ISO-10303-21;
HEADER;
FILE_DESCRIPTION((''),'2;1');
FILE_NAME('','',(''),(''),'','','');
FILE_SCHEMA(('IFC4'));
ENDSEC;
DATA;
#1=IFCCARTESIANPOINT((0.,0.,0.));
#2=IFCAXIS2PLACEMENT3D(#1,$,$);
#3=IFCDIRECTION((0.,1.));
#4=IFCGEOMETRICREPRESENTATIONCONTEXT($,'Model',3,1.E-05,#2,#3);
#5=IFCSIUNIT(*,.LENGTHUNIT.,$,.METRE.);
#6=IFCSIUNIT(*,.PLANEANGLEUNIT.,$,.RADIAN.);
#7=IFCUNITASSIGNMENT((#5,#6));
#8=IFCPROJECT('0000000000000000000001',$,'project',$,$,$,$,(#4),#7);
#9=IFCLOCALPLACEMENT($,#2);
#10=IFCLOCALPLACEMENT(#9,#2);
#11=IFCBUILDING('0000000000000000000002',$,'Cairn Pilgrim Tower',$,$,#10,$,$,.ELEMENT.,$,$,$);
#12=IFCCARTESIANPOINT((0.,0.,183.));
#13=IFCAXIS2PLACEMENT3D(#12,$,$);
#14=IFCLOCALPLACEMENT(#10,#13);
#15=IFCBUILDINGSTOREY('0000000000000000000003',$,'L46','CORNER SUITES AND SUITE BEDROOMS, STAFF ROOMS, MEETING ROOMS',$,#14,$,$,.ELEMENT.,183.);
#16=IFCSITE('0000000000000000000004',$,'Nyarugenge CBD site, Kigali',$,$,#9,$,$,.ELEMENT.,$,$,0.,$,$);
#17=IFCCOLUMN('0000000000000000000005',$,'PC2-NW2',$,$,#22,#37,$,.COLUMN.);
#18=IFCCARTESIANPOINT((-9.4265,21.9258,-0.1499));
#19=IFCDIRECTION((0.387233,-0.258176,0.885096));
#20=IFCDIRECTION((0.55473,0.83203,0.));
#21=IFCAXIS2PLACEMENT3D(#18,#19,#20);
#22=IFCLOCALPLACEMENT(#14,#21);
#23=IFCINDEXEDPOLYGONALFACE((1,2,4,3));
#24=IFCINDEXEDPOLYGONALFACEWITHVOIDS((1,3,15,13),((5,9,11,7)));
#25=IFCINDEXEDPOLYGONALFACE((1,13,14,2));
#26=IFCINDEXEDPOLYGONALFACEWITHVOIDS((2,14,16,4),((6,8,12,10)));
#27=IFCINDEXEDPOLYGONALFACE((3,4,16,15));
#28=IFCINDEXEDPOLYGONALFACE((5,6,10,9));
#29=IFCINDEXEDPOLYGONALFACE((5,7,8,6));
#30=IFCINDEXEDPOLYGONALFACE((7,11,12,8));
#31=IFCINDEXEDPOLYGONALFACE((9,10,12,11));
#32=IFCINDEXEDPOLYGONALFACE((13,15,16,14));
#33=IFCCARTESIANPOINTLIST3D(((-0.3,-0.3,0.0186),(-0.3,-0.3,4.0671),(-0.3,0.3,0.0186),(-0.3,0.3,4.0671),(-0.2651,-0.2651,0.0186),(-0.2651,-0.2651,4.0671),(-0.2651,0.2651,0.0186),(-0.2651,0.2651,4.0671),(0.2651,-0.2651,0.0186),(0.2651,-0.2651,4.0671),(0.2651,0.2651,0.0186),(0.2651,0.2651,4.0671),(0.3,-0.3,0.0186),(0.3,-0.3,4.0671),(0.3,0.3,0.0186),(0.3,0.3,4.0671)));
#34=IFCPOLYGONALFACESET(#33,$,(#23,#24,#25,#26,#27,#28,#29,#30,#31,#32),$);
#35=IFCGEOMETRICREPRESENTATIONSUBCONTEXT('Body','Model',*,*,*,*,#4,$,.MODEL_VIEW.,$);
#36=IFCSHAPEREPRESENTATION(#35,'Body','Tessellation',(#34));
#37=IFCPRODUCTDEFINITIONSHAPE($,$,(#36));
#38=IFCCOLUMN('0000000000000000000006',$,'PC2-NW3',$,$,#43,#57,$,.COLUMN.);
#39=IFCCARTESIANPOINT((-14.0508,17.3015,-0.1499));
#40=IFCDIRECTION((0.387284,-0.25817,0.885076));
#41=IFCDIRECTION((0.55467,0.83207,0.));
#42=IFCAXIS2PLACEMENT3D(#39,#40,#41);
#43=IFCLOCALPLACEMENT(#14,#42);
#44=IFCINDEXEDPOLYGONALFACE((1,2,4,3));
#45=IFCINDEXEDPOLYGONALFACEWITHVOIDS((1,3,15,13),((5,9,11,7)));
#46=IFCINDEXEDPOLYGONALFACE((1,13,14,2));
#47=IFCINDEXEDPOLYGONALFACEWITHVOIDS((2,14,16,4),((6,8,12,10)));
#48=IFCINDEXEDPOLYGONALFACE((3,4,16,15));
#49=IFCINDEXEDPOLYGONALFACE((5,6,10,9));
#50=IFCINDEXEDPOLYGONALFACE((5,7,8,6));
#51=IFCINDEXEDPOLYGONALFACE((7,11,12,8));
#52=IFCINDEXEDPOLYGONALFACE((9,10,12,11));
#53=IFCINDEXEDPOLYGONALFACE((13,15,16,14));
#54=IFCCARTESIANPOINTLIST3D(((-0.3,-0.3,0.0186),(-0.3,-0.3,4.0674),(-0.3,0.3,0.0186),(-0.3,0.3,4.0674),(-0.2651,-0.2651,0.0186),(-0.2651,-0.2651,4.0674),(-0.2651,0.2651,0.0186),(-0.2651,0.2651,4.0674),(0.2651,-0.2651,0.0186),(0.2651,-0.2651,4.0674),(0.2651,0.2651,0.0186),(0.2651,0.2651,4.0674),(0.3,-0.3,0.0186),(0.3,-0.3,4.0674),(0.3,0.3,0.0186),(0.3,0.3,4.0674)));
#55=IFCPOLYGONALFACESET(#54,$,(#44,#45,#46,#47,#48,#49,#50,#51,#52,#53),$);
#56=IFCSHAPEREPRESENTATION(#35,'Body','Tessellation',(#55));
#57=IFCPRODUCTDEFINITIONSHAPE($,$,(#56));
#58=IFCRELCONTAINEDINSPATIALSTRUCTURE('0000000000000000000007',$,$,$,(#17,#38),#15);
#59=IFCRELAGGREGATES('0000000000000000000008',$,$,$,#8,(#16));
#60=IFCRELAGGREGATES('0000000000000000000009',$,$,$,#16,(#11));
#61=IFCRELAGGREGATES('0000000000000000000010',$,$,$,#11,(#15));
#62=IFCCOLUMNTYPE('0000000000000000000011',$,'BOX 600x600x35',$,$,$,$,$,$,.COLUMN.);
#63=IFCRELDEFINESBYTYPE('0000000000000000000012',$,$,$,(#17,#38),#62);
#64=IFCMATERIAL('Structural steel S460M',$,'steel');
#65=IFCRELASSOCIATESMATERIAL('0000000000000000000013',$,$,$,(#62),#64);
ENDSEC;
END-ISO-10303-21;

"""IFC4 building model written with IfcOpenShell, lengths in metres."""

from ifc_helpers import new_model, si_unit, direction, frame, origin, origin_2d, place, context, subcontext, project, spatial, hollow_rectangle, extrude, clip, halfspace, material, material_profile, profile_set, type_object, element, save


model = new_model("IFC4")

# Units and contexts
model_context = context("Model", 3, precision=1e-05, world=origin(), true_north=direction((0.0, 1.0)))
body_context = subcontext(model_context, "Body", "Model", "MODEL_VIEW")
ifc_project = project(units=[si_unit("LENGTHUNIT", "METRE"), si_unit("PLANEANGLEUNIT", "RADIAN")], contexts=[model_context])

# Site, building, storey
site_placement = place(None, origin())
site = spatial("IfcSite", under=ifc_project, at=site_placement, Name="Nyarugenge CBD site, Kigali", CompositionType="ELEMENT", RefElevation=0.0)
building_placement = place(site_placement, origin())
building = spatial("IfcBuilding", under=site, at=building_placement, Name="Cairn Pilgrim Tower", CompositionType="ELEMENT")
storey_placement = place(building_placement, frame((0.0, 0.0, 183.0)))
storey = spatial("IfcBuildingStorey", under=building, at=storey_placement, Name="L46", Description="CORNER SUITES AND SUITE BEDROOMS, STAFF ROOMS, MEETING ROOMS", CompositionType="ELEMENT", Elevation=183.0)

# Columns
ifc_material_1 = material(Name="Structural steel S460M", Category="steel")
ifc_material_profile_1 = material_profile(ifc_material_1, hollow_rectangle(XDim=0.6001, YDim=0.6001, WallThickness=0.0349, at=origin_2d()), Name="BOX 600x600x35")
ifc_profile_set_1 = profile_set([ifc_material_profile_1], Name="Structural steel S460M")
column_type = type_object("IfcColumnType", Name="BOX 600x600x35", PredefinedType="COLUMN", material=ifc_profile_set_1)
column_1_placement = place(storey_placement, frame((-9.4265, 21.9258, -0.1499), z_axis=(0.387233, -0.258176, 0.885096), x_axis=(0.55473, 0.83203, 0.0)))
element("IfcColumn", 1, at=column_1_placement, inside=storey, type_object=column_type, Name="PC2-NW2", PredefinedType="COLUMN", context=body_context, shape_type="Clipping", body=[
    clip(extrude(hollow_rectangle(XDim=0.6001, YDim=0.6001, WallThickness=0.0349, at=origin_2d()), origin(), (0.0, 0.0, 1.0), 4.0671), halfspace(frame((0.0, 0.0, 0.0186), z_axis=(0.0, 0.0, 1.0), x_axis=(1.0, 0.0, 0.0)), True)),
])
column_2_placement = place(storey_placement, frame((-14.0508, 17.3015, -0.1499), z_axis=(0.387284, -0.25817, 0.885076), x_axis=(0.55467, 0.83207, 0.0)))
element("IfcColumn", 2, at=column_2_placement, inside=storey, type_object=column_type, Name="PC2-NW3", PredefinedType="COLUMN", context=body_context, shape_type="Clipping", body=[
    clip(extrude(hollow_rectangle(XDim=0.6001, YDim=0.6001, WallThickness=0.0349, at=origin_2d()), origin(), (0.0, 0.0, 1.0), 4.0674), halfspace(frame((0.0, 0.0, 0.0186), z_axis=(0.0, 0.0, 1.0), x_axis=(1.0, 0.0, 0.0)), True)),
])

save(model, "model.ifc")
